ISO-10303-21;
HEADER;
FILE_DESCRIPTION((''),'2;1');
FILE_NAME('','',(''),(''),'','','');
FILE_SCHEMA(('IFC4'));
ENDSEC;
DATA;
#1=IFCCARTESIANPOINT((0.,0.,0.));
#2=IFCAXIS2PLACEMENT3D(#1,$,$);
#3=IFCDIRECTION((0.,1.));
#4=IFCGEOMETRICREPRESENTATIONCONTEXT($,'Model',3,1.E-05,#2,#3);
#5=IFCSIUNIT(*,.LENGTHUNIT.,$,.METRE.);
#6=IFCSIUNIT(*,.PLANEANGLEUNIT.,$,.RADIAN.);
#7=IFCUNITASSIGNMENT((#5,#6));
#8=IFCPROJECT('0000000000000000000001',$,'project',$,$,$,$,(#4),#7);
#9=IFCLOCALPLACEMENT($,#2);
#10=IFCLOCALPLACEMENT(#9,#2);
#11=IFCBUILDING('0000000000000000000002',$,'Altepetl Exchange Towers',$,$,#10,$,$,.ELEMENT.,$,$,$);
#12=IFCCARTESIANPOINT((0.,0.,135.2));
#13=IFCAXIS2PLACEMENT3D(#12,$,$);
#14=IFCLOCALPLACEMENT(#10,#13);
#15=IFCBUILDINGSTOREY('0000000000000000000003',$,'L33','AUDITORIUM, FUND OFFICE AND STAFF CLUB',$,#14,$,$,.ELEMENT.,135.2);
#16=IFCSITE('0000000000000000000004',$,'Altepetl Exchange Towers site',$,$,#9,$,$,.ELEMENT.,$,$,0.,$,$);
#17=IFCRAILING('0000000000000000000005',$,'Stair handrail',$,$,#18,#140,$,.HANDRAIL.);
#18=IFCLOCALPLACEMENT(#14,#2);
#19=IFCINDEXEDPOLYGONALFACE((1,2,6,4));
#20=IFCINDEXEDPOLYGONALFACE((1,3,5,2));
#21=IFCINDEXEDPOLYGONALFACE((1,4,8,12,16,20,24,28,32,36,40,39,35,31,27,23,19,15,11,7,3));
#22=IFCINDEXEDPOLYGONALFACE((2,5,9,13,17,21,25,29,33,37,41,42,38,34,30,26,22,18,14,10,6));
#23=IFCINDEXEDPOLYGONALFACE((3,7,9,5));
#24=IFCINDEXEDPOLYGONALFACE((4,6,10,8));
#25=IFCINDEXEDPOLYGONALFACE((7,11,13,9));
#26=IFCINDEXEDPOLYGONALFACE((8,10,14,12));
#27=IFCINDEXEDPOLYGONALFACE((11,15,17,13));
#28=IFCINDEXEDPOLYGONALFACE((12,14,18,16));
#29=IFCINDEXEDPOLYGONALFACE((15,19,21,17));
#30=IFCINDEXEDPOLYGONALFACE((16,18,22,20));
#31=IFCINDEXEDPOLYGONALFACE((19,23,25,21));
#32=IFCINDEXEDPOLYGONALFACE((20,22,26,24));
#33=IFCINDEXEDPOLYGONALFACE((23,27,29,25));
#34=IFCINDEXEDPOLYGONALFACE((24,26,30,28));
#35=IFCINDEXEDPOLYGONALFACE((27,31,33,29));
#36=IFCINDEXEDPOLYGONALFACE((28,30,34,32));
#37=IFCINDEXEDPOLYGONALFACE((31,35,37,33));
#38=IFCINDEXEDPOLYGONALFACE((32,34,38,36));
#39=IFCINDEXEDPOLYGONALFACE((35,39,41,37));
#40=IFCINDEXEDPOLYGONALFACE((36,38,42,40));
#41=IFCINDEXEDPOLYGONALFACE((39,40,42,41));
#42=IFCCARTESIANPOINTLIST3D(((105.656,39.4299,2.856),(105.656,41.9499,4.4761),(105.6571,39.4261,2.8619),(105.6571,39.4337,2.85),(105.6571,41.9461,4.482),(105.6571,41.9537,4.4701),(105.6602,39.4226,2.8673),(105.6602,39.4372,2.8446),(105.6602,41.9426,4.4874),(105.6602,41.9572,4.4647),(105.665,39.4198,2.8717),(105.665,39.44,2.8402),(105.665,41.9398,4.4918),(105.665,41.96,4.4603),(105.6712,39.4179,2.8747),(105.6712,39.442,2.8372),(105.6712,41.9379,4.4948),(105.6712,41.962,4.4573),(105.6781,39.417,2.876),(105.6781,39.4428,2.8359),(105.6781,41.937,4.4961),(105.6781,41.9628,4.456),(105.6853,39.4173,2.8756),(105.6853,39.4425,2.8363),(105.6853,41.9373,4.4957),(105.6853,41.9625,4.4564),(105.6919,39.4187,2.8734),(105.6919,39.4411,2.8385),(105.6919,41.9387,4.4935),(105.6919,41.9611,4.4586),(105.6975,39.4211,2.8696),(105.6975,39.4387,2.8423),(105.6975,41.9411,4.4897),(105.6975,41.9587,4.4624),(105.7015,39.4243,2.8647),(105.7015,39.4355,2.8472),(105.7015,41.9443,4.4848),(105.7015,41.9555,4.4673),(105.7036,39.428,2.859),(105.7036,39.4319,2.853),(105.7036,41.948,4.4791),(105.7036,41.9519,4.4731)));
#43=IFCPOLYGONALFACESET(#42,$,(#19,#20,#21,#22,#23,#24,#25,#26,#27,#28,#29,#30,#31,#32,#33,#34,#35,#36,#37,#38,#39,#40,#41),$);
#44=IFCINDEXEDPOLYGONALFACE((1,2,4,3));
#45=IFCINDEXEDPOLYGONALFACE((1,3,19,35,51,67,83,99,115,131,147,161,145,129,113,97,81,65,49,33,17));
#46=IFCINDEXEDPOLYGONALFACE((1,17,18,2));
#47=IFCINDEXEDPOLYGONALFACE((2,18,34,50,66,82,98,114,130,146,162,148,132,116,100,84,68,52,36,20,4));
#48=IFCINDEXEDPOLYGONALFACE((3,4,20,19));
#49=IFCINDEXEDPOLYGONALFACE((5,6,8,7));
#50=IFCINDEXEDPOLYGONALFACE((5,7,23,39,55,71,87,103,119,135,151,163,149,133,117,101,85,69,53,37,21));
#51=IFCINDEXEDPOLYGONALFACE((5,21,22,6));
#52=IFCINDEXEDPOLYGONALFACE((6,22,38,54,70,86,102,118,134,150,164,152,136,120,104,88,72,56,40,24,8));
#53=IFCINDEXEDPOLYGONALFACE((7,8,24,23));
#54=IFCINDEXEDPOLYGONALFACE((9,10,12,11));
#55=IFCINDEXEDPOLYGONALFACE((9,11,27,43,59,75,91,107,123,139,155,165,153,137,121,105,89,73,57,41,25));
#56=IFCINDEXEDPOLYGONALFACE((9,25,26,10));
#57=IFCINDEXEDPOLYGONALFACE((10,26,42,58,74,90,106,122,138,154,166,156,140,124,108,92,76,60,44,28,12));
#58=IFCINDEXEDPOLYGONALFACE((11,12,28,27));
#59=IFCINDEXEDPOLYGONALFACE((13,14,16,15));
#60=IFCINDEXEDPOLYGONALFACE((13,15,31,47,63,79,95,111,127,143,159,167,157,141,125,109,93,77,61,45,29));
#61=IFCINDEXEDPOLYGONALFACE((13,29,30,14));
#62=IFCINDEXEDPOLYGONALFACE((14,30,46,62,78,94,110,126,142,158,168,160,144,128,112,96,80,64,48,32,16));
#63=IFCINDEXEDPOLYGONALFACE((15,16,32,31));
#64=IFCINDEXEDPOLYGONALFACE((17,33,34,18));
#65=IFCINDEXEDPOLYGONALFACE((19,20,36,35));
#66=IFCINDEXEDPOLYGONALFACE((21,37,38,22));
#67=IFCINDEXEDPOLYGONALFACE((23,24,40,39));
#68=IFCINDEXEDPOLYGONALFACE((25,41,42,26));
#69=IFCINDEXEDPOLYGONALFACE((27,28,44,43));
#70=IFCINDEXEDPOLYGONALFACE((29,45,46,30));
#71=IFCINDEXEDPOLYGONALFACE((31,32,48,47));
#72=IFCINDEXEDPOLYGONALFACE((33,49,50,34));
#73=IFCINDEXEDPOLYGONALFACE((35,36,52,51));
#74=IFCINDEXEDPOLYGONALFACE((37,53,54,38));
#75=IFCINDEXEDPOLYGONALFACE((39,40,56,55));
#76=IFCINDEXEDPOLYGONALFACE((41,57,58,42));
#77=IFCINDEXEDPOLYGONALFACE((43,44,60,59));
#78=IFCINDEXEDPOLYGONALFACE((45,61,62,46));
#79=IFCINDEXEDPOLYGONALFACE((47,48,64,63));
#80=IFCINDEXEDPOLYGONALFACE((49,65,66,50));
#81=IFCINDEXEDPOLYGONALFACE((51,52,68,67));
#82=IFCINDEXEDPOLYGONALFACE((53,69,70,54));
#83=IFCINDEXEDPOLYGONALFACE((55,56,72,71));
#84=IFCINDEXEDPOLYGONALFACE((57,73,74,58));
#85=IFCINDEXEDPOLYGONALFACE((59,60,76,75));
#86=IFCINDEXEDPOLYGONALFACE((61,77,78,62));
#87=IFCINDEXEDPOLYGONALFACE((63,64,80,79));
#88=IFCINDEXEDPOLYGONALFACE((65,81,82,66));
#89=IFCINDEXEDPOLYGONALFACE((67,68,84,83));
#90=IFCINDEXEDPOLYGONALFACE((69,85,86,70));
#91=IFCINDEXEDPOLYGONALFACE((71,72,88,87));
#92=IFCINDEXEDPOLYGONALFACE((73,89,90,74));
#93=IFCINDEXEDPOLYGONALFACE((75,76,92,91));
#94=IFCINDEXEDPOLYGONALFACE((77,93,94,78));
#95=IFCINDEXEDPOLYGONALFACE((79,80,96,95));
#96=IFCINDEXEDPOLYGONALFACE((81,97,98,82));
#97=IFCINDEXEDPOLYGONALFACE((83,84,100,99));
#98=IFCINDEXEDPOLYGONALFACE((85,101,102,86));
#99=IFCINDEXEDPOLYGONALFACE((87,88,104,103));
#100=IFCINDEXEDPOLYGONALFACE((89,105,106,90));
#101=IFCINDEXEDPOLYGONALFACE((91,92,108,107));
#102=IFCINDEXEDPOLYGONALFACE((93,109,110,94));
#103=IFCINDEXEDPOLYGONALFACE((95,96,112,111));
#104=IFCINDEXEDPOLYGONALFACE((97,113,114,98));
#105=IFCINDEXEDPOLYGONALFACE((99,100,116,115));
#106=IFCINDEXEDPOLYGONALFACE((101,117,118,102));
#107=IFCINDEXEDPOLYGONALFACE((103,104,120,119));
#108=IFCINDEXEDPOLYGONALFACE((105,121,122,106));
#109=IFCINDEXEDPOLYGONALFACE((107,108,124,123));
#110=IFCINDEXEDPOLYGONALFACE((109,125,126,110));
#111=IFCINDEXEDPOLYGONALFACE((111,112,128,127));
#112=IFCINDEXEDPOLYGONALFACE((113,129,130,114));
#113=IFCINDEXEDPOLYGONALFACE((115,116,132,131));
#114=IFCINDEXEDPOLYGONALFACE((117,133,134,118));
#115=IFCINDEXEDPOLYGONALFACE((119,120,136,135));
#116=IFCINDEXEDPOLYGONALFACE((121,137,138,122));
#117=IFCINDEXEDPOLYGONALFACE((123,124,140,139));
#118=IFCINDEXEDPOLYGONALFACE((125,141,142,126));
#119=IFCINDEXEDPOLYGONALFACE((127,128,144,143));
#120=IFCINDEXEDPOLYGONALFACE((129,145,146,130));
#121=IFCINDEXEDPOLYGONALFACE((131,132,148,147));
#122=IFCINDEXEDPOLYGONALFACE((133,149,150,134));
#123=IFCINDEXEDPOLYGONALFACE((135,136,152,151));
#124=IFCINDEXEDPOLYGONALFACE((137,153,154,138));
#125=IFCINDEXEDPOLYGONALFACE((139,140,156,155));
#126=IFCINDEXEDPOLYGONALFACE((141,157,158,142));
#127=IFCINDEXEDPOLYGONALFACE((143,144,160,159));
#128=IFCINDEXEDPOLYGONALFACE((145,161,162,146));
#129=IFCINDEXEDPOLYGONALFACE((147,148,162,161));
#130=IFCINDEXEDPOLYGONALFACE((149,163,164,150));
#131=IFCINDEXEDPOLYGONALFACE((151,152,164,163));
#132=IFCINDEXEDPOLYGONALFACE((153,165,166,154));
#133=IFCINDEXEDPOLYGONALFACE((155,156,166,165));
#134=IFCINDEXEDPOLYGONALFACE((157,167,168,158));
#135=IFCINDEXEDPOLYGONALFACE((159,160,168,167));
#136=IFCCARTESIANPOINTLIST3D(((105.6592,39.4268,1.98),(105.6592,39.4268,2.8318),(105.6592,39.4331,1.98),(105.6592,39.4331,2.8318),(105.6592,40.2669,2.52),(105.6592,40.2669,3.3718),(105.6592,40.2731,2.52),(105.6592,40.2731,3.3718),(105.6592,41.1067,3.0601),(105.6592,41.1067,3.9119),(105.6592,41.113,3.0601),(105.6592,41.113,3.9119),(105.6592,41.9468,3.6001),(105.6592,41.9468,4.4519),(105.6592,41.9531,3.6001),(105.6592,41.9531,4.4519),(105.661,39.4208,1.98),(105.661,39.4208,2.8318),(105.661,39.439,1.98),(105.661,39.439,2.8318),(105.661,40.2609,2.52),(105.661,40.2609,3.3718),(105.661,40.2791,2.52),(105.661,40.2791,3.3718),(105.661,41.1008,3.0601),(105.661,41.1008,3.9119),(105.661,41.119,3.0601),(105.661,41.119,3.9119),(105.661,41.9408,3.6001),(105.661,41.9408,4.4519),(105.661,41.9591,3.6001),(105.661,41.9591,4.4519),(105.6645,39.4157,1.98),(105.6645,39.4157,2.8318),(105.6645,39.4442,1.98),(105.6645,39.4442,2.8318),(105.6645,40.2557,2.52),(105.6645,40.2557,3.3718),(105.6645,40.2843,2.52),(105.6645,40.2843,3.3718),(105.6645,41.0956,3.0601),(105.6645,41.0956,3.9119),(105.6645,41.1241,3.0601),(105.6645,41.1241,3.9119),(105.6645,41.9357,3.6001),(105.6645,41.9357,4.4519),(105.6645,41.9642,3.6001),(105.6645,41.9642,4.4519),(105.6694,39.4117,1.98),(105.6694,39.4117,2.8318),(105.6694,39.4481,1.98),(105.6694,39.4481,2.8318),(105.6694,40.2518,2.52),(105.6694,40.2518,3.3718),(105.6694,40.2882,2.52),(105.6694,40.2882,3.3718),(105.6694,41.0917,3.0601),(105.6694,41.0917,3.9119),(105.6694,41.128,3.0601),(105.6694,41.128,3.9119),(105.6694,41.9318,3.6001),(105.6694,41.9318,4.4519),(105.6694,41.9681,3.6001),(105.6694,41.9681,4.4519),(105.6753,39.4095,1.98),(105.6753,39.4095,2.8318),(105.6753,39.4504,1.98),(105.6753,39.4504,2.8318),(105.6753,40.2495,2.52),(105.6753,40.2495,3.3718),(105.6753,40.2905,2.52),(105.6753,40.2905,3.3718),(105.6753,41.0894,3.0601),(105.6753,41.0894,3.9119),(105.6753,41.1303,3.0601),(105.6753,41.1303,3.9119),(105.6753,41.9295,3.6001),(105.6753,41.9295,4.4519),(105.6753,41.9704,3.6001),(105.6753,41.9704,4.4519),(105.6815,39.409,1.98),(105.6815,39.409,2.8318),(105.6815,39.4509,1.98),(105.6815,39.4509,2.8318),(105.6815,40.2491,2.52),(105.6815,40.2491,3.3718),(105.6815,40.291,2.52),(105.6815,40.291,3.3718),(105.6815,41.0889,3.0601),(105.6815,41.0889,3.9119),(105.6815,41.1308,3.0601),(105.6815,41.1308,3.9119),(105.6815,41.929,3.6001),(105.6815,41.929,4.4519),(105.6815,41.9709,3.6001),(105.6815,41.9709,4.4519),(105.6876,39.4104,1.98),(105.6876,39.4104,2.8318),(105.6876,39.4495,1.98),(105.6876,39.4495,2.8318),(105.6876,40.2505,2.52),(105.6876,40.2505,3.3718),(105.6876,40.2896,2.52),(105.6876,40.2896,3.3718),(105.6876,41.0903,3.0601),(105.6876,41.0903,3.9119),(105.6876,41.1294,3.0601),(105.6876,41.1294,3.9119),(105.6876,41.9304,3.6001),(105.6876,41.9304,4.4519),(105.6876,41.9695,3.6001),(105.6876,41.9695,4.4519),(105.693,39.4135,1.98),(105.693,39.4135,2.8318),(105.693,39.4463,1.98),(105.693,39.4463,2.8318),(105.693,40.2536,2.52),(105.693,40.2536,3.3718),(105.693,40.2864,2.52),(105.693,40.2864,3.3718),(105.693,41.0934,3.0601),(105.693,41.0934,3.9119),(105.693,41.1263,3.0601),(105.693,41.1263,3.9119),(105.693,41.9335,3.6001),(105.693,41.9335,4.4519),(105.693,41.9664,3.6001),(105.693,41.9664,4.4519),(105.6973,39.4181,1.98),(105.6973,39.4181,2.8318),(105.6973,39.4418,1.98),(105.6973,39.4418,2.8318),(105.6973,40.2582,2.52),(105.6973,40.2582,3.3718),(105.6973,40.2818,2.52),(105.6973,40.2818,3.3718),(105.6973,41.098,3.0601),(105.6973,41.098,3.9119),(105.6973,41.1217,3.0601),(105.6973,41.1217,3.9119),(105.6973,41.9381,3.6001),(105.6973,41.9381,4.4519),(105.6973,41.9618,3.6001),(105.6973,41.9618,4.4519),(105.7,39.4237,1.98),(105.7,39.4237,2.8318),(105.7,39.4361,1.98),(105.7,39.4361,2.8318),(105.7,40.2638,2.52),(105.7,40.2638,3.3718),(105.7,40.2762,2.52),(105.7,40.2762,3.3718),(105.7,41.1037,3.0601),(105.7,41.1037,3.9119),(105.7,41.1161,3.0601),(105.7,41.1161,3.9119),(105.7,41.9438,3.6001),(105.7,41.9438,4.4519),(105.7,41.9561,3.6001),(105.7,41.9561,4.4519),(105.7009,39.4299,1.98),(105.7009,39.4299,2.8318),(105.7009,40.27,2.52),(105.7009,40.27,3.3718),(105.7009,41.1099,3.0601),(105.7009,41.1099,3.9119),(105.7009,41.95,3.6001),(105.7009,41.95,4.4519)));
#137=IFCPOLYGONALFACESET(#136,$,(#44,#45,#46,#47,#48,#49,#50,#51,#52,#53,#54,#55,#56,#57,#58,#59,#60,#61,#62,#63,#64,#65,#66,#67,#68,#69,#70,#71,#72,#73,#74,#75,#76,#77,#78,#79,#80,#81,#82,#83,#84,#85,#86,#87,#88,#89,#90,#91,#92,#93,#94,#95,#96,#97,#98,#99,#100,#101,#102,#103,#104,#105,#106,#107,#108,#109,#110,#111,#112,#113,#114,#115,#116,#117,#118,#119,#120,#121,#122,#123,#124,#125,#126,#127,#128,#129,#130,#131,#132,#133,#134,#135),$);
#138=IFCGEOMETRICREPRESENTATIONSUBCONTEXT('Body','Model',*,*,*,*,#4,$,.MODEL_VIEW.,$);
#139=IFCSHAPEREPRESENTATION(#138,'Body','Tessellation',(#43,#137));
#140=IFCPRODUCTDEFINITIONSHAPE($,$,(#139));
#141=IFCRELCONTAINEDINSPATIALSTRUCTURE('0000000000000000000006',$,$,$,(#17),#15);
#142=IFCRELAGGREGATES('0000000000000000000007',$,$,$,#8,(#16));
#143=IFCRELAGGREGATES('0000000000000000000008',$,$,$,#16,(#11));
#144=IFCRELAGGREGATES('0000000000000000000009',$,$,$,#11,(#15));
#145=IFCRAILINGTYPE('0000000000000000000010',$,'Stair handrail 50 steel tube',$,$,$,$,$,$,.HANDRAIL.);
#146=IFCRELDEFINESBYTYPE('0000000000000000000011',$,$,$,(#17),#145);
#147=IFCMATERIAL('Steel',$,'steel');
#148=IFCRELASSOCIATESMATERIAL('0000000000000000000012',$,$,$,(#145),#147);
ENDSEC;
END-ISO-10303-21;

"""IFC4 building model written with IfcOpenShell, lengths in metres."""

from ifc_helpers import new_model, si_unit, direction, frame, origin, origin_2d, place, context, subcontext, project, spatial, circle, extrude, source, transform, mapped, material, type_object, element, save


model = new_model("IFC4")

# Units and contexts
model_context = context("Model", 3, precision=1e-05, world=origin(), true_north=direction((0.0, 1.0)))
body_context = subcontext(model_context, "Body", "Model", "MODEL_VIEW")
ifc_project = project(units=[si_unit("LENGTHUNIT", "METRE"), si_unit("PLANEANGLEUNIT", "RADIAN")], contexts=[model_context])

# Site, building, storey
site_placement = place(None, origin())
site = spatial("IfcSite", under=ifc_project, at=site_placement, Name="Altepetl Exchange Towers site", CompositionType="ELEMENT", RefElevation=0.0)
building_placement = place(site_placement, origin())
building = spatial("IfcBuilding", under=site, at=building_placement, Name="Altepetl Exchange Towers", CompositionType="ELEMENT")
storey_placement = place(building_placement, frame((0.0, 0.0, 135.2)))
storey = spatial("IfcBuildingStorey", under=building, at=storey_placement, Name="L33", Description="AUDITORIUM, FUND OFFICE AND STAFF CLUB", CompositionType="ELEMENT", Elevation=135.2)

# Railing
ifc_material_1 = material(Name="Steel", Category="steel")
railing_type = type_object("IfcRailingType", Name="Stair handrail 50 steel tube", PredefinedType="HANDRAIL", material=ifc_material_1)
shared_shape = source(origin(), body_context, "Body", "SweptSolid", [
    extrude(circle(Radius=0.021, at=origin_2d()), origin(), (0.0, 0.0, 1.0), 0.8518),
])
railing_1_placement = place(storey_placement, frame((105.6799, 39.4299, 1.98)))
element("IfcRailing", 1, at=railing_1_placement, inside=storey, type_object=railing_type, Name="Stair handrail", PredefinedType="HANDRAIL", context=body_context, shape_type="SweptSolid", body=[
    extrude(circle(Radius=0.0239, at=origin_2d()), frame((0.0, 0.0, 0.876), z_axis=(0.0, 0.841163, 0.540782), x_axis=(-1.0, 0.0, 0.0)), (0.0, 0.0, 1.0), 2.9958),
    mapped(shared_shape, transform((0.0, 0.0, 0.0))),
    mapped(shared_shape, transform((0.0, 0.8401, 0.54))),
    mapped(shared_shape, transform((0.0, 1.6799, 1.0801))),
    mapped(shared_shape, transform((0.0, 2.52, 1.6201))),
])

save(model, "model.ifc")
